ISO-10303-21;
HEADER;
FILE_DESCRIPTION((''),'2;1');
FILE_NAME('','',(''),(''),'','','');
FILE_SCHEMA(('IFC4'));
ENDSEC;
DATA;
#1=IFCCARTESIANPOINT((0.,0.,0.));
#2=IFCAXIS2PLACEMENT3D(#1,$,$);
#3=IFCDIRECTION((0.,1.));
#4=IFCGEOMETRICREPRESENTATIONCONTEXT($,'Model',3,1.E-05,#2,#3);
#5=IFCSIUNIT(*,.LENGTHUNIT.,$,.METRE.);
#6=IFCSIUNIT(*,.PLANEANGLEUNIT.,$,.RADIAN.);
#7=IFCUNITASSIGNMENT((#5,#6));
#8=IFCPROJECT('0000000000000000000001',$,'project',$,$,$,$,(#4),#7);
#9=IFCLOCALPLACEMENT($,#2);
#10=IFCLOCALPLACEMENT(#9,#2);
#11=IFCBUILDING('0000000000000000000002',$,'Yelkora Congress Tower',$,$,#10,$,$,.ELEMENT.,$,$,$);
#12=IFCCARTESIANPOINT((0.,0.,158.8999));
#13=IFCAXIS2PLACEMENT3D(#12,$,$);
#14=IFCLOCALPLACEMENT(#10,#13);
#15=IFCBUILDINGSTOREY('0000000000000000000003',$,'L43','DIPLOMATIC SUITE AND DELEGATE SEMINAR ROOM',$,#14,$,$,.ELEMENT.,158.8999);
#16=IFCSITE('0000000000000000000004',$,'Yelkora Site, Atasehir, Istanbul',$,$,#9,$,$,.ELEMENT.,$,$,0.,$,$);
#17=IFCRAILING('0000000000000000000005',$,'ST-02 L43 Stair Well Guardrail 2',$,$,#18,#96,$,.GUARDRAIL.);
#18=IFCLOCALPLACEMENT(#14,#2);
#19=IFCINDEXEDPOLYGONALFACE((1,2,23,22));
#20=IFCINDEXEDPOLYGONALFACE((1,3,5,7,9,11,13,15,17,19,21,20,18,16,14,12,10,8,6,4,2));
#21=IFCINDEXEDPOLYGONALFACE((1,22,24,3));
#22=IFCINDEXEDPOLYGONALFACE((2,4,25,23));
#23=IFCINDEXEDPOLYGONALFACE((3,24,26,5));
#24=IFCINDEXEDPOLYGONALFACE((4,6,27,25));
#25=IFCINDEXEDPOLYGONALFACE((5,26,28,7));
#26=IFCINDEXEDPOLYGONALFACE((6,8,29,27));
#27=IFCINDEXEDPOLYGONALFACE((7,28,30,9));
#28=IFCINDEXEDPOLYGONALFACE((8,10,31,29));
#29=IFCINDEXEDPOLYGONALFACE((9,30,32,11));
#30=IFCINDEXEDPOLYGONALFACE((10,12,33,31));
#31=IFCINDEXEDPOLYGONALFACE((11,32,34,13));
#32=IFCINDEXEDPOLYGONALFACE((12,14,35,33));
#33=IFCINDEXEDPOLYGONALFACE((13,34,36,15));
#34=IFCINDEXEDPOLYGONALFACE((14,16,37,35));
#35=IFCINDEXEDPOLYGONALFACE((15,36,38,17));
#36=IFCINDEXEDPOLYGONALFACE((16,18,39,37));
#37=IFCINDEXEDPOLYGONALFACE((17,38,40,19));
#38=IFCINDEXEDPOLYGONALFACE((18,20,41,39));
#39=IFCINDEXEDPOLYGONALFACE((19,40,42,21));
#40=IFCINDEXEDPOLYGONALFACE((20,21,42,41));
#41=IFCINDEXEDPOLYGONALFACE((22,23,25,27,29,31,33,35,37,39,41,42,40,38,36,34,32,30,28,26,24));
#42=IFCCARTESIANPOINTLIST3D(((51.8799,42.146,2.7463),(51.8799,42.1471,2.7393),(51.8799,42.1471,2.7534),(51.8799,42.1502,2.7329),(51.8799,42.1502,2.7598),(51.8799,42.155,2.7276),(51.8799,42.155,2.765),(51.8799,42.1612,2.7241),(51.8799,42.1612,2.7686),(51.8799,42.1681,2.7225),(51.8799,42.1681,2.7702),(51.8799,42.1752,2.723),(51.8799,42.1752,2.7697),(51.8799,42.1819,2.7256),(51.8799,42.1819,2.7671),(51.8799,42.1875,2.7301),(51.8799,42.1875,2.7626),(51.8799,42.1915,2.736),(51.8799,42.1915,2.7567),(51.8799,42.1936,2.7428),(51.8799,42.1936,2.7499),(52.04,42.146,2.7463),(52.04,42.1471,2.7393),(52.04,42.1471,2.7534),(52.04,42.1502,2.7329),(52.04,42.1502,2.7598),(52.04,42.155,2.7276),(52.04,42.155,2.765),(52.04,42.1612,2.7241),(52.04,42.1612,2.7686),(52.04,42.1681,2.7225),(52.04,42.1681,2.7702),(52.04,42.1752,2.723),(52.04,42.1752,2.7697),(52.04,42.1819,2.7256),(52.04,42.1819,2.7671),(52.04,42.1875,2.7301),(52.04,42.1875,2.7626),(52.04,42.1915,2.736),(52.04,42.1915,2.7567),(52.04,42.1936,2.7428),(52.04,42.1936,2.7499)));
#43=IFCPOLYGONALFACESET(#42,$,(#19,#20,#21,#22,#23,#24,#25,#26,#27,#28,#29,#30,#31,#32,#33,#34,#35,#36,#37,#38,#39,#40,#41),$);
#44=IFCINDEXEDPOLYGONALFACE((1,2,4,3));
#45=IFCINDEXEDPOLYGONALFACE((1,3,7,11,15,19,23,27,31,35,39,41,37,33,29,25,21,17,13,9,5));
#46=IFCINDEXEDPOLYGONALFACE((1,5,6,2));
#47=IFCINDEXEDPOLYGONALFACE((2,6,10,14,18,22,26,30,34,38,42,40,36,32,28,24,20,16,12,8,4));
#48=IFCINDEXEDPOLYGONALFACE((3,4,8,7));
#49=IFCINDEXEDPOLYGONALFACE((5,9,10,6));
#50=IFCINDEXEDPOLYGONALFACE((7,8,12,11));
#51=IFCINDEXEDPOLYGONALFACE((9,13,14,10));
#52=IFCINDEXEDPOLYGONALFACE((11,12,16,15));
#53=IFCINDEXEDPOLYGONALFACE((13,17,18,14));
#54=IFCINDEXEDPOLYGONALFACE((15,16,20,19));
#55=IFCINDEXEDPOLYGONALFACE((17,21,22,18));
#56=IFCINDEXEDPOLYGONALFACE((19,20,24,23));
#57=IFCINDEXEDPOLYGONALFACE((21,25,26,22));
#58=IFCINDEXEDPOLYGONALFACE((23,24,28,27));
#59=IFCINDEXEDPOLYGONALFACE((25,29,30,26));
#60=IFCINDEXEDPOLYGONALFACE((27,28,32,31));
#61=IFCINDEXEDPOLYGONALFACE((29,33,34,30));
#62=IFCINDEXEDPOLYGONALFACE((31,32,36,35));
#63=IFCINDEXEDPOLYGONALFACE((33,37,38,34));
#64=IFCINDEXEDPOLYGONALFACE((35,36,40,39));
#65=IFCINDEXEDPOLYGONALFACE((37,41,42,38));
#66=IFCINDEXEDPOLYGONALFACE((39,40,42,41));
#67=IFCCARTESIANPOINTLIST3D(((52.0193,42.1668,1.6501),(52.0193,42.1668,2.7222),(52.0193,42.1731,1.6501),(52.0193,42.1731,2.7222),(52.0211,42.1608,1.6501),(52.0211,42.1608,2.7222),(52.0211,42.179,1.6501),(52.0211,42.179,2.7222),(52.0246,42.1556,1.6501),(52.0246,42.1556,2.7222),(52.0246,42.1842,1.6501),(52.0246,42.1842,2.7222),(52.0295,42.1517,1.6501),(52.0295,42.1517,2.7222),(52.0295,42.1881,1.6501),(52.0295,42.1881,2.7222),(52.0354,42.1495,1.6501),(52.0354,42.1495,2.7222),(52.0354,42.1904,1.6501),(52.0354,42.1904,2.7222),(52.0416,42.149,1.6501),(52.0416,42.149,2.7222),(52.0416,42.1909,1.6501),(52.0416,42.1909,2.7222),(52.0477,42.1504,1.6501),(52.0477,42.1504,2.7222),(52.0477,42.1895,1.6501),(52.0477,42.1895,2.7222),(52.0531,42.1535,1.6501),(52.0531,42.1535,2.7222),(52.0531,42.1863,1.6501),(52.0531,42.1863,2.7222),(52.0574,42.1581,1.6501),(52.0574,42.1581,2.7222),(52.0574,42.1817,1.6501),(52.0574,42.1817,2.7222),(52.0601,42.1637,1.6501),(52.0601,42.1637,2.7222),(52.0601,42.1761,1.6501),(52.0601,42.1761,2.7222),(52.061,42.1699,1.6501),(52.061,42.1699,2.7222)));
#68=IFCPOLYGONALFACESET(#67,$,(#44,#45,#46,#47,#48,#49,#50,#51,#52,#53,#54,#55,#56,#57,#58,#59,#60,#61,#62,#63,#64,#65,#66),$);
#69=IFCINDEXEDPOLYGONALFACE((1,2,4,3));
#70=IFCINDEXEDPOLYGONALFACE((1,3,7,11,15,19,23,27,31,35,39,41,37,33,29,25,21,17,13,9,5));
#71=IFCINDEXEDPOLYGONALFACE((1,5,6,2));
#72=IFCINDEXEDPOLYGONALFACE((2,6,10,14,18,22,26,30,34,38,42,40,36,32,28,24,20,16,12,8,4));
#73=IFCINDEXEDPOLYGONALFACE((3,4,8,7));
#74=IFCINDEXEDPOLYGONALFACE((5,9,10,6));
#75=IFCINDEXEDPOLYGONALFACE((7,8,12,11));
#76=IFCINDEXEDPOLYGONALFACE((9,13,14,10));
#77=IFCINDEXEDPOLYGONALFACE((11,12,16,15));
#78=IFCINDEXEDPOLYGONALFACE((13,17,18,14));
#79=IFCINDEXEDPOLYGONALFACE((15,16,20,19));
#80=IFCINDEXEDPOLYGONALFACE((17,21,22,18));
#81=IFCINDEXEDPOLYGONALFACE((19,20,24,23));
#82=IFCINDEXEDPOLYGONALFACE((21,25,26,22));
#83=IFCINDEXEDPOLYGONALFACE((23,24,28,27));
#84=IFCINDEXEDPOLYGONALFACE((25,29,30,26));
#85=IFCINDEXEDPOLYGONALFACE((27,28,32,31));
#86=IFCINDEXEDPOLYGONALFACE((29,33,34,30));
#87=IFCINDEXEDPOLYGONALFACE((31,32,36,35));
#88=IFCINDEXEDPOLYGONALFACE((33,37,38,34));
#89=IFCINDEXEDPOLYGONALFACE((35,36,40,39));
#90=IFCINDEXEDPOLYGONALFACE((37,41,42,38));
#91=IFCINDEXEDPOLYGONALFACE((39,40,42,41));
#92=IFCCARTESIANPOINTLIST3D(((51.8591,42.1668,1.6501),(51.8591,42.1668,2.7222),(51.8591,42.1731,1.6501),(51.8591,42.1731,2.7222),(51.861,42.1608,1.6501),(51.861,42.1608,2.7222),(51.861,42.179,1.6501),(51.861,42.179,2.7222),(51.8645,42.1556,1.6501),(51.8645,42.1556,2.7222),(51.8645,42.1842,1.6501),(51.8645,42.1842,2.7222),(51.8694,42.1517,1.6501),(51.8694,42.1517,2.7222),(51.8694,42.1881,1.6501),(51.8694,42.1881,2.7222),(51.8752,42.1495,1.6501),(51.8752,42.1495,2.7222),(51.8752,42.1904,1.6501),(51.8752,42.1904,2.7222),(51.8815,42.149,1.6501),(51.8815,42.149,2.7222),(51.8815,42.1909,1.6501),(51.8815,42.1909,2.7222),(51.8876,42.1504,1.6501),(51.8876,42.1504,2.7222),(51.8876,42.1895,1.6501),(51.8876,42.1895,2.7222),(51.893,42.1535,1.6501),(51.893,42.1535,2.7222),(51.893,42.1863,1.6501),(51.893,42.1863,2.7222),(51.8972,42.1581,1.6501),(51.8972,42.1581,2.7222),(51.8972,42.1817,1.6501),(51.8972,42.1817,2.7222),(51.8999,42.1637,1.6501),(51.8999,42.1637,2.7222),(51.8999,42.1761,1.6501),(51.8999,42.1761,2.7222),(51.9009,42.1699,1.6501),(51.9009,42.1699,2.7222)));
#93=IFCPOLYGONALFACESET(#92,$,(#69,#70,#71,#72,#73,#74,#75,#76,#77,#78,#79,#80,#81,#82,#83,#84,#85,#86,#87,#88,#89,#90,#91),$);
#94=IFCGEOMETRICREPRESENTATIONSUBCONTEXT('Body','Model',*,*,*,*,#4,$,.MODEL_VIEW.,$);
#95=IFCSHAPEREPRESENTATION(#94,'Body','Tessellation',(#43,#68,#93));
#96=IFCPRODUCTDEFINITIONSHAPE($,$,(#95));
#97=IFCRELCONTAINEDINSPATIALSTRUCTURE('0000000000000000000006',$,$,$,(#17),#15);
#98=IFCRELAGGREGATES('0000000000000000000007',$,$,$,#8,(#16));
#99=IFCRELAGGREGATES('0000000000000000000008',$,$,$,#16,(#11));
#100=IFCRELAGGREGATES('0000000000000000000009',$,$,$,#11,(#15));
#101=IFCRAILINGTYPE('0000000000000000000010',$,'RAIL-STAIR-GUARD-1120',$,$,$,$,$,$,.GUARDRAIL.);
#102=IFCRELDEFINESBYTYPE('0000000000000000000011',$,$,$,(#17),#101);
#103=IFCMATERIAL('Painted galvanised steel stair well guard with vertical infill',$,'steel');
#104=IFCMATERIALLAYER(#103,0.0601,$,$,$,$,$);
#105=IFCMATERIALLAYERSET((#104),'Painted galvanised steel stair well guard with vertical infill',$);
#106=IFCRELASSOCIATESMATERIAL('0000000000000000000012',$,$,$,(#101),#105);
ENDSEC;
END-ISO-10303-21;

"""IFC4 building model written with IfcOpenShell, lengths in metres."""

from ifc_helpers import new_model, si_unit, direction, frame, origin, origin_2d, place, context, subcontext, project, spatial, circle, extrude, material, layer, layer_set, type_object, element, save


model = new_model("IFC4")

# Units and contexts
model_context = context("Model", 3, precision=1e-05, world=origin(), true_north=direction((0.0, 1.0)))
body_context = subcontext(model_context, "Body", "Model", "MODEL_VIEW")
ifc_project = project(units=[si_unit("LENGTHUNIT", "METRE"), si_unit("PLANEANGLEUNIT", "RADIAN")], contexts=[model_context])

# Site, building, storey
site_placement = place(None, origin())
site = spatial("IfcSite", under=ifc_project, at=site_placement, Name="Yelkora Site, Atasehir, Istanbul", CompositionType="ELEMENT", RefElevation=0.0)
building_placement = place(site_placement, origin())
building = spatial("IfcBuilding", under=site, at=building_placement, Name="Yelkora Congress Tower", CompositionType="ELEMENT")
storey_placement = place(building_placement, frame((0.0, 0.0, 158.8999)))
storey = spatial("IfcBuildingStorey", under=building, at=storey_placement, Name="L43", Description="DIPLOMATIC SUITE AND DELEGATE SEMINAR ROOM", CompositionType="ELEMENT", Elevation=158.8999)

# Railing
ifc_material_1 = material(Name="Painted galvanised steel stair well guard with vertical infill", Category="steel")
ifc_layer_1 = layer(ifc_material_1, 0.0601)
ifc_layer_set_1 = layer_set([ifc_layer_1], Name="Painted galvanised steel stair well guard with vertical infill")
railing_type_1 = type_object("IfcRailingType", Name="RAIL-STAIR-GUARD-1120", PredefinedType="GUARDRAIL", material=ifc_layer_set_1)
railing_1_placement = place(storey_placement, frame((52.04, 42.1699, 1.6501)))
element("IfcRailing", 1, at=railing_1_placement, inside=storey, type_object=railing_type_1, Name="ST-02 L43 Stair Well Guardrail 2", PredefinedType="GUARDRAIL", context=body_context, shape_type="SweptSolid", body=[
    extrude(circle(Radius=0.0239, at=origin_2d()), frame((0.0, 0.0, 1.0962), z_axis=(-1.0, 0.0, 0.0), x_axis=(0.0, -1.0, 0.0)), (0.0, 0.0, 1.0), 0.1602),
    extrude(circle(Radius=0.021, at=origin_2d()), origin(), (0.0, 0.0, 1.0), 1.072),
    extrude(circle(Radius=0.021, at=origin_2d()), frame((-0.1602, 0.0, 0.0)), (0.0, 0.0, 1.0), 1.072),
])

save(model, "model.ifc")
